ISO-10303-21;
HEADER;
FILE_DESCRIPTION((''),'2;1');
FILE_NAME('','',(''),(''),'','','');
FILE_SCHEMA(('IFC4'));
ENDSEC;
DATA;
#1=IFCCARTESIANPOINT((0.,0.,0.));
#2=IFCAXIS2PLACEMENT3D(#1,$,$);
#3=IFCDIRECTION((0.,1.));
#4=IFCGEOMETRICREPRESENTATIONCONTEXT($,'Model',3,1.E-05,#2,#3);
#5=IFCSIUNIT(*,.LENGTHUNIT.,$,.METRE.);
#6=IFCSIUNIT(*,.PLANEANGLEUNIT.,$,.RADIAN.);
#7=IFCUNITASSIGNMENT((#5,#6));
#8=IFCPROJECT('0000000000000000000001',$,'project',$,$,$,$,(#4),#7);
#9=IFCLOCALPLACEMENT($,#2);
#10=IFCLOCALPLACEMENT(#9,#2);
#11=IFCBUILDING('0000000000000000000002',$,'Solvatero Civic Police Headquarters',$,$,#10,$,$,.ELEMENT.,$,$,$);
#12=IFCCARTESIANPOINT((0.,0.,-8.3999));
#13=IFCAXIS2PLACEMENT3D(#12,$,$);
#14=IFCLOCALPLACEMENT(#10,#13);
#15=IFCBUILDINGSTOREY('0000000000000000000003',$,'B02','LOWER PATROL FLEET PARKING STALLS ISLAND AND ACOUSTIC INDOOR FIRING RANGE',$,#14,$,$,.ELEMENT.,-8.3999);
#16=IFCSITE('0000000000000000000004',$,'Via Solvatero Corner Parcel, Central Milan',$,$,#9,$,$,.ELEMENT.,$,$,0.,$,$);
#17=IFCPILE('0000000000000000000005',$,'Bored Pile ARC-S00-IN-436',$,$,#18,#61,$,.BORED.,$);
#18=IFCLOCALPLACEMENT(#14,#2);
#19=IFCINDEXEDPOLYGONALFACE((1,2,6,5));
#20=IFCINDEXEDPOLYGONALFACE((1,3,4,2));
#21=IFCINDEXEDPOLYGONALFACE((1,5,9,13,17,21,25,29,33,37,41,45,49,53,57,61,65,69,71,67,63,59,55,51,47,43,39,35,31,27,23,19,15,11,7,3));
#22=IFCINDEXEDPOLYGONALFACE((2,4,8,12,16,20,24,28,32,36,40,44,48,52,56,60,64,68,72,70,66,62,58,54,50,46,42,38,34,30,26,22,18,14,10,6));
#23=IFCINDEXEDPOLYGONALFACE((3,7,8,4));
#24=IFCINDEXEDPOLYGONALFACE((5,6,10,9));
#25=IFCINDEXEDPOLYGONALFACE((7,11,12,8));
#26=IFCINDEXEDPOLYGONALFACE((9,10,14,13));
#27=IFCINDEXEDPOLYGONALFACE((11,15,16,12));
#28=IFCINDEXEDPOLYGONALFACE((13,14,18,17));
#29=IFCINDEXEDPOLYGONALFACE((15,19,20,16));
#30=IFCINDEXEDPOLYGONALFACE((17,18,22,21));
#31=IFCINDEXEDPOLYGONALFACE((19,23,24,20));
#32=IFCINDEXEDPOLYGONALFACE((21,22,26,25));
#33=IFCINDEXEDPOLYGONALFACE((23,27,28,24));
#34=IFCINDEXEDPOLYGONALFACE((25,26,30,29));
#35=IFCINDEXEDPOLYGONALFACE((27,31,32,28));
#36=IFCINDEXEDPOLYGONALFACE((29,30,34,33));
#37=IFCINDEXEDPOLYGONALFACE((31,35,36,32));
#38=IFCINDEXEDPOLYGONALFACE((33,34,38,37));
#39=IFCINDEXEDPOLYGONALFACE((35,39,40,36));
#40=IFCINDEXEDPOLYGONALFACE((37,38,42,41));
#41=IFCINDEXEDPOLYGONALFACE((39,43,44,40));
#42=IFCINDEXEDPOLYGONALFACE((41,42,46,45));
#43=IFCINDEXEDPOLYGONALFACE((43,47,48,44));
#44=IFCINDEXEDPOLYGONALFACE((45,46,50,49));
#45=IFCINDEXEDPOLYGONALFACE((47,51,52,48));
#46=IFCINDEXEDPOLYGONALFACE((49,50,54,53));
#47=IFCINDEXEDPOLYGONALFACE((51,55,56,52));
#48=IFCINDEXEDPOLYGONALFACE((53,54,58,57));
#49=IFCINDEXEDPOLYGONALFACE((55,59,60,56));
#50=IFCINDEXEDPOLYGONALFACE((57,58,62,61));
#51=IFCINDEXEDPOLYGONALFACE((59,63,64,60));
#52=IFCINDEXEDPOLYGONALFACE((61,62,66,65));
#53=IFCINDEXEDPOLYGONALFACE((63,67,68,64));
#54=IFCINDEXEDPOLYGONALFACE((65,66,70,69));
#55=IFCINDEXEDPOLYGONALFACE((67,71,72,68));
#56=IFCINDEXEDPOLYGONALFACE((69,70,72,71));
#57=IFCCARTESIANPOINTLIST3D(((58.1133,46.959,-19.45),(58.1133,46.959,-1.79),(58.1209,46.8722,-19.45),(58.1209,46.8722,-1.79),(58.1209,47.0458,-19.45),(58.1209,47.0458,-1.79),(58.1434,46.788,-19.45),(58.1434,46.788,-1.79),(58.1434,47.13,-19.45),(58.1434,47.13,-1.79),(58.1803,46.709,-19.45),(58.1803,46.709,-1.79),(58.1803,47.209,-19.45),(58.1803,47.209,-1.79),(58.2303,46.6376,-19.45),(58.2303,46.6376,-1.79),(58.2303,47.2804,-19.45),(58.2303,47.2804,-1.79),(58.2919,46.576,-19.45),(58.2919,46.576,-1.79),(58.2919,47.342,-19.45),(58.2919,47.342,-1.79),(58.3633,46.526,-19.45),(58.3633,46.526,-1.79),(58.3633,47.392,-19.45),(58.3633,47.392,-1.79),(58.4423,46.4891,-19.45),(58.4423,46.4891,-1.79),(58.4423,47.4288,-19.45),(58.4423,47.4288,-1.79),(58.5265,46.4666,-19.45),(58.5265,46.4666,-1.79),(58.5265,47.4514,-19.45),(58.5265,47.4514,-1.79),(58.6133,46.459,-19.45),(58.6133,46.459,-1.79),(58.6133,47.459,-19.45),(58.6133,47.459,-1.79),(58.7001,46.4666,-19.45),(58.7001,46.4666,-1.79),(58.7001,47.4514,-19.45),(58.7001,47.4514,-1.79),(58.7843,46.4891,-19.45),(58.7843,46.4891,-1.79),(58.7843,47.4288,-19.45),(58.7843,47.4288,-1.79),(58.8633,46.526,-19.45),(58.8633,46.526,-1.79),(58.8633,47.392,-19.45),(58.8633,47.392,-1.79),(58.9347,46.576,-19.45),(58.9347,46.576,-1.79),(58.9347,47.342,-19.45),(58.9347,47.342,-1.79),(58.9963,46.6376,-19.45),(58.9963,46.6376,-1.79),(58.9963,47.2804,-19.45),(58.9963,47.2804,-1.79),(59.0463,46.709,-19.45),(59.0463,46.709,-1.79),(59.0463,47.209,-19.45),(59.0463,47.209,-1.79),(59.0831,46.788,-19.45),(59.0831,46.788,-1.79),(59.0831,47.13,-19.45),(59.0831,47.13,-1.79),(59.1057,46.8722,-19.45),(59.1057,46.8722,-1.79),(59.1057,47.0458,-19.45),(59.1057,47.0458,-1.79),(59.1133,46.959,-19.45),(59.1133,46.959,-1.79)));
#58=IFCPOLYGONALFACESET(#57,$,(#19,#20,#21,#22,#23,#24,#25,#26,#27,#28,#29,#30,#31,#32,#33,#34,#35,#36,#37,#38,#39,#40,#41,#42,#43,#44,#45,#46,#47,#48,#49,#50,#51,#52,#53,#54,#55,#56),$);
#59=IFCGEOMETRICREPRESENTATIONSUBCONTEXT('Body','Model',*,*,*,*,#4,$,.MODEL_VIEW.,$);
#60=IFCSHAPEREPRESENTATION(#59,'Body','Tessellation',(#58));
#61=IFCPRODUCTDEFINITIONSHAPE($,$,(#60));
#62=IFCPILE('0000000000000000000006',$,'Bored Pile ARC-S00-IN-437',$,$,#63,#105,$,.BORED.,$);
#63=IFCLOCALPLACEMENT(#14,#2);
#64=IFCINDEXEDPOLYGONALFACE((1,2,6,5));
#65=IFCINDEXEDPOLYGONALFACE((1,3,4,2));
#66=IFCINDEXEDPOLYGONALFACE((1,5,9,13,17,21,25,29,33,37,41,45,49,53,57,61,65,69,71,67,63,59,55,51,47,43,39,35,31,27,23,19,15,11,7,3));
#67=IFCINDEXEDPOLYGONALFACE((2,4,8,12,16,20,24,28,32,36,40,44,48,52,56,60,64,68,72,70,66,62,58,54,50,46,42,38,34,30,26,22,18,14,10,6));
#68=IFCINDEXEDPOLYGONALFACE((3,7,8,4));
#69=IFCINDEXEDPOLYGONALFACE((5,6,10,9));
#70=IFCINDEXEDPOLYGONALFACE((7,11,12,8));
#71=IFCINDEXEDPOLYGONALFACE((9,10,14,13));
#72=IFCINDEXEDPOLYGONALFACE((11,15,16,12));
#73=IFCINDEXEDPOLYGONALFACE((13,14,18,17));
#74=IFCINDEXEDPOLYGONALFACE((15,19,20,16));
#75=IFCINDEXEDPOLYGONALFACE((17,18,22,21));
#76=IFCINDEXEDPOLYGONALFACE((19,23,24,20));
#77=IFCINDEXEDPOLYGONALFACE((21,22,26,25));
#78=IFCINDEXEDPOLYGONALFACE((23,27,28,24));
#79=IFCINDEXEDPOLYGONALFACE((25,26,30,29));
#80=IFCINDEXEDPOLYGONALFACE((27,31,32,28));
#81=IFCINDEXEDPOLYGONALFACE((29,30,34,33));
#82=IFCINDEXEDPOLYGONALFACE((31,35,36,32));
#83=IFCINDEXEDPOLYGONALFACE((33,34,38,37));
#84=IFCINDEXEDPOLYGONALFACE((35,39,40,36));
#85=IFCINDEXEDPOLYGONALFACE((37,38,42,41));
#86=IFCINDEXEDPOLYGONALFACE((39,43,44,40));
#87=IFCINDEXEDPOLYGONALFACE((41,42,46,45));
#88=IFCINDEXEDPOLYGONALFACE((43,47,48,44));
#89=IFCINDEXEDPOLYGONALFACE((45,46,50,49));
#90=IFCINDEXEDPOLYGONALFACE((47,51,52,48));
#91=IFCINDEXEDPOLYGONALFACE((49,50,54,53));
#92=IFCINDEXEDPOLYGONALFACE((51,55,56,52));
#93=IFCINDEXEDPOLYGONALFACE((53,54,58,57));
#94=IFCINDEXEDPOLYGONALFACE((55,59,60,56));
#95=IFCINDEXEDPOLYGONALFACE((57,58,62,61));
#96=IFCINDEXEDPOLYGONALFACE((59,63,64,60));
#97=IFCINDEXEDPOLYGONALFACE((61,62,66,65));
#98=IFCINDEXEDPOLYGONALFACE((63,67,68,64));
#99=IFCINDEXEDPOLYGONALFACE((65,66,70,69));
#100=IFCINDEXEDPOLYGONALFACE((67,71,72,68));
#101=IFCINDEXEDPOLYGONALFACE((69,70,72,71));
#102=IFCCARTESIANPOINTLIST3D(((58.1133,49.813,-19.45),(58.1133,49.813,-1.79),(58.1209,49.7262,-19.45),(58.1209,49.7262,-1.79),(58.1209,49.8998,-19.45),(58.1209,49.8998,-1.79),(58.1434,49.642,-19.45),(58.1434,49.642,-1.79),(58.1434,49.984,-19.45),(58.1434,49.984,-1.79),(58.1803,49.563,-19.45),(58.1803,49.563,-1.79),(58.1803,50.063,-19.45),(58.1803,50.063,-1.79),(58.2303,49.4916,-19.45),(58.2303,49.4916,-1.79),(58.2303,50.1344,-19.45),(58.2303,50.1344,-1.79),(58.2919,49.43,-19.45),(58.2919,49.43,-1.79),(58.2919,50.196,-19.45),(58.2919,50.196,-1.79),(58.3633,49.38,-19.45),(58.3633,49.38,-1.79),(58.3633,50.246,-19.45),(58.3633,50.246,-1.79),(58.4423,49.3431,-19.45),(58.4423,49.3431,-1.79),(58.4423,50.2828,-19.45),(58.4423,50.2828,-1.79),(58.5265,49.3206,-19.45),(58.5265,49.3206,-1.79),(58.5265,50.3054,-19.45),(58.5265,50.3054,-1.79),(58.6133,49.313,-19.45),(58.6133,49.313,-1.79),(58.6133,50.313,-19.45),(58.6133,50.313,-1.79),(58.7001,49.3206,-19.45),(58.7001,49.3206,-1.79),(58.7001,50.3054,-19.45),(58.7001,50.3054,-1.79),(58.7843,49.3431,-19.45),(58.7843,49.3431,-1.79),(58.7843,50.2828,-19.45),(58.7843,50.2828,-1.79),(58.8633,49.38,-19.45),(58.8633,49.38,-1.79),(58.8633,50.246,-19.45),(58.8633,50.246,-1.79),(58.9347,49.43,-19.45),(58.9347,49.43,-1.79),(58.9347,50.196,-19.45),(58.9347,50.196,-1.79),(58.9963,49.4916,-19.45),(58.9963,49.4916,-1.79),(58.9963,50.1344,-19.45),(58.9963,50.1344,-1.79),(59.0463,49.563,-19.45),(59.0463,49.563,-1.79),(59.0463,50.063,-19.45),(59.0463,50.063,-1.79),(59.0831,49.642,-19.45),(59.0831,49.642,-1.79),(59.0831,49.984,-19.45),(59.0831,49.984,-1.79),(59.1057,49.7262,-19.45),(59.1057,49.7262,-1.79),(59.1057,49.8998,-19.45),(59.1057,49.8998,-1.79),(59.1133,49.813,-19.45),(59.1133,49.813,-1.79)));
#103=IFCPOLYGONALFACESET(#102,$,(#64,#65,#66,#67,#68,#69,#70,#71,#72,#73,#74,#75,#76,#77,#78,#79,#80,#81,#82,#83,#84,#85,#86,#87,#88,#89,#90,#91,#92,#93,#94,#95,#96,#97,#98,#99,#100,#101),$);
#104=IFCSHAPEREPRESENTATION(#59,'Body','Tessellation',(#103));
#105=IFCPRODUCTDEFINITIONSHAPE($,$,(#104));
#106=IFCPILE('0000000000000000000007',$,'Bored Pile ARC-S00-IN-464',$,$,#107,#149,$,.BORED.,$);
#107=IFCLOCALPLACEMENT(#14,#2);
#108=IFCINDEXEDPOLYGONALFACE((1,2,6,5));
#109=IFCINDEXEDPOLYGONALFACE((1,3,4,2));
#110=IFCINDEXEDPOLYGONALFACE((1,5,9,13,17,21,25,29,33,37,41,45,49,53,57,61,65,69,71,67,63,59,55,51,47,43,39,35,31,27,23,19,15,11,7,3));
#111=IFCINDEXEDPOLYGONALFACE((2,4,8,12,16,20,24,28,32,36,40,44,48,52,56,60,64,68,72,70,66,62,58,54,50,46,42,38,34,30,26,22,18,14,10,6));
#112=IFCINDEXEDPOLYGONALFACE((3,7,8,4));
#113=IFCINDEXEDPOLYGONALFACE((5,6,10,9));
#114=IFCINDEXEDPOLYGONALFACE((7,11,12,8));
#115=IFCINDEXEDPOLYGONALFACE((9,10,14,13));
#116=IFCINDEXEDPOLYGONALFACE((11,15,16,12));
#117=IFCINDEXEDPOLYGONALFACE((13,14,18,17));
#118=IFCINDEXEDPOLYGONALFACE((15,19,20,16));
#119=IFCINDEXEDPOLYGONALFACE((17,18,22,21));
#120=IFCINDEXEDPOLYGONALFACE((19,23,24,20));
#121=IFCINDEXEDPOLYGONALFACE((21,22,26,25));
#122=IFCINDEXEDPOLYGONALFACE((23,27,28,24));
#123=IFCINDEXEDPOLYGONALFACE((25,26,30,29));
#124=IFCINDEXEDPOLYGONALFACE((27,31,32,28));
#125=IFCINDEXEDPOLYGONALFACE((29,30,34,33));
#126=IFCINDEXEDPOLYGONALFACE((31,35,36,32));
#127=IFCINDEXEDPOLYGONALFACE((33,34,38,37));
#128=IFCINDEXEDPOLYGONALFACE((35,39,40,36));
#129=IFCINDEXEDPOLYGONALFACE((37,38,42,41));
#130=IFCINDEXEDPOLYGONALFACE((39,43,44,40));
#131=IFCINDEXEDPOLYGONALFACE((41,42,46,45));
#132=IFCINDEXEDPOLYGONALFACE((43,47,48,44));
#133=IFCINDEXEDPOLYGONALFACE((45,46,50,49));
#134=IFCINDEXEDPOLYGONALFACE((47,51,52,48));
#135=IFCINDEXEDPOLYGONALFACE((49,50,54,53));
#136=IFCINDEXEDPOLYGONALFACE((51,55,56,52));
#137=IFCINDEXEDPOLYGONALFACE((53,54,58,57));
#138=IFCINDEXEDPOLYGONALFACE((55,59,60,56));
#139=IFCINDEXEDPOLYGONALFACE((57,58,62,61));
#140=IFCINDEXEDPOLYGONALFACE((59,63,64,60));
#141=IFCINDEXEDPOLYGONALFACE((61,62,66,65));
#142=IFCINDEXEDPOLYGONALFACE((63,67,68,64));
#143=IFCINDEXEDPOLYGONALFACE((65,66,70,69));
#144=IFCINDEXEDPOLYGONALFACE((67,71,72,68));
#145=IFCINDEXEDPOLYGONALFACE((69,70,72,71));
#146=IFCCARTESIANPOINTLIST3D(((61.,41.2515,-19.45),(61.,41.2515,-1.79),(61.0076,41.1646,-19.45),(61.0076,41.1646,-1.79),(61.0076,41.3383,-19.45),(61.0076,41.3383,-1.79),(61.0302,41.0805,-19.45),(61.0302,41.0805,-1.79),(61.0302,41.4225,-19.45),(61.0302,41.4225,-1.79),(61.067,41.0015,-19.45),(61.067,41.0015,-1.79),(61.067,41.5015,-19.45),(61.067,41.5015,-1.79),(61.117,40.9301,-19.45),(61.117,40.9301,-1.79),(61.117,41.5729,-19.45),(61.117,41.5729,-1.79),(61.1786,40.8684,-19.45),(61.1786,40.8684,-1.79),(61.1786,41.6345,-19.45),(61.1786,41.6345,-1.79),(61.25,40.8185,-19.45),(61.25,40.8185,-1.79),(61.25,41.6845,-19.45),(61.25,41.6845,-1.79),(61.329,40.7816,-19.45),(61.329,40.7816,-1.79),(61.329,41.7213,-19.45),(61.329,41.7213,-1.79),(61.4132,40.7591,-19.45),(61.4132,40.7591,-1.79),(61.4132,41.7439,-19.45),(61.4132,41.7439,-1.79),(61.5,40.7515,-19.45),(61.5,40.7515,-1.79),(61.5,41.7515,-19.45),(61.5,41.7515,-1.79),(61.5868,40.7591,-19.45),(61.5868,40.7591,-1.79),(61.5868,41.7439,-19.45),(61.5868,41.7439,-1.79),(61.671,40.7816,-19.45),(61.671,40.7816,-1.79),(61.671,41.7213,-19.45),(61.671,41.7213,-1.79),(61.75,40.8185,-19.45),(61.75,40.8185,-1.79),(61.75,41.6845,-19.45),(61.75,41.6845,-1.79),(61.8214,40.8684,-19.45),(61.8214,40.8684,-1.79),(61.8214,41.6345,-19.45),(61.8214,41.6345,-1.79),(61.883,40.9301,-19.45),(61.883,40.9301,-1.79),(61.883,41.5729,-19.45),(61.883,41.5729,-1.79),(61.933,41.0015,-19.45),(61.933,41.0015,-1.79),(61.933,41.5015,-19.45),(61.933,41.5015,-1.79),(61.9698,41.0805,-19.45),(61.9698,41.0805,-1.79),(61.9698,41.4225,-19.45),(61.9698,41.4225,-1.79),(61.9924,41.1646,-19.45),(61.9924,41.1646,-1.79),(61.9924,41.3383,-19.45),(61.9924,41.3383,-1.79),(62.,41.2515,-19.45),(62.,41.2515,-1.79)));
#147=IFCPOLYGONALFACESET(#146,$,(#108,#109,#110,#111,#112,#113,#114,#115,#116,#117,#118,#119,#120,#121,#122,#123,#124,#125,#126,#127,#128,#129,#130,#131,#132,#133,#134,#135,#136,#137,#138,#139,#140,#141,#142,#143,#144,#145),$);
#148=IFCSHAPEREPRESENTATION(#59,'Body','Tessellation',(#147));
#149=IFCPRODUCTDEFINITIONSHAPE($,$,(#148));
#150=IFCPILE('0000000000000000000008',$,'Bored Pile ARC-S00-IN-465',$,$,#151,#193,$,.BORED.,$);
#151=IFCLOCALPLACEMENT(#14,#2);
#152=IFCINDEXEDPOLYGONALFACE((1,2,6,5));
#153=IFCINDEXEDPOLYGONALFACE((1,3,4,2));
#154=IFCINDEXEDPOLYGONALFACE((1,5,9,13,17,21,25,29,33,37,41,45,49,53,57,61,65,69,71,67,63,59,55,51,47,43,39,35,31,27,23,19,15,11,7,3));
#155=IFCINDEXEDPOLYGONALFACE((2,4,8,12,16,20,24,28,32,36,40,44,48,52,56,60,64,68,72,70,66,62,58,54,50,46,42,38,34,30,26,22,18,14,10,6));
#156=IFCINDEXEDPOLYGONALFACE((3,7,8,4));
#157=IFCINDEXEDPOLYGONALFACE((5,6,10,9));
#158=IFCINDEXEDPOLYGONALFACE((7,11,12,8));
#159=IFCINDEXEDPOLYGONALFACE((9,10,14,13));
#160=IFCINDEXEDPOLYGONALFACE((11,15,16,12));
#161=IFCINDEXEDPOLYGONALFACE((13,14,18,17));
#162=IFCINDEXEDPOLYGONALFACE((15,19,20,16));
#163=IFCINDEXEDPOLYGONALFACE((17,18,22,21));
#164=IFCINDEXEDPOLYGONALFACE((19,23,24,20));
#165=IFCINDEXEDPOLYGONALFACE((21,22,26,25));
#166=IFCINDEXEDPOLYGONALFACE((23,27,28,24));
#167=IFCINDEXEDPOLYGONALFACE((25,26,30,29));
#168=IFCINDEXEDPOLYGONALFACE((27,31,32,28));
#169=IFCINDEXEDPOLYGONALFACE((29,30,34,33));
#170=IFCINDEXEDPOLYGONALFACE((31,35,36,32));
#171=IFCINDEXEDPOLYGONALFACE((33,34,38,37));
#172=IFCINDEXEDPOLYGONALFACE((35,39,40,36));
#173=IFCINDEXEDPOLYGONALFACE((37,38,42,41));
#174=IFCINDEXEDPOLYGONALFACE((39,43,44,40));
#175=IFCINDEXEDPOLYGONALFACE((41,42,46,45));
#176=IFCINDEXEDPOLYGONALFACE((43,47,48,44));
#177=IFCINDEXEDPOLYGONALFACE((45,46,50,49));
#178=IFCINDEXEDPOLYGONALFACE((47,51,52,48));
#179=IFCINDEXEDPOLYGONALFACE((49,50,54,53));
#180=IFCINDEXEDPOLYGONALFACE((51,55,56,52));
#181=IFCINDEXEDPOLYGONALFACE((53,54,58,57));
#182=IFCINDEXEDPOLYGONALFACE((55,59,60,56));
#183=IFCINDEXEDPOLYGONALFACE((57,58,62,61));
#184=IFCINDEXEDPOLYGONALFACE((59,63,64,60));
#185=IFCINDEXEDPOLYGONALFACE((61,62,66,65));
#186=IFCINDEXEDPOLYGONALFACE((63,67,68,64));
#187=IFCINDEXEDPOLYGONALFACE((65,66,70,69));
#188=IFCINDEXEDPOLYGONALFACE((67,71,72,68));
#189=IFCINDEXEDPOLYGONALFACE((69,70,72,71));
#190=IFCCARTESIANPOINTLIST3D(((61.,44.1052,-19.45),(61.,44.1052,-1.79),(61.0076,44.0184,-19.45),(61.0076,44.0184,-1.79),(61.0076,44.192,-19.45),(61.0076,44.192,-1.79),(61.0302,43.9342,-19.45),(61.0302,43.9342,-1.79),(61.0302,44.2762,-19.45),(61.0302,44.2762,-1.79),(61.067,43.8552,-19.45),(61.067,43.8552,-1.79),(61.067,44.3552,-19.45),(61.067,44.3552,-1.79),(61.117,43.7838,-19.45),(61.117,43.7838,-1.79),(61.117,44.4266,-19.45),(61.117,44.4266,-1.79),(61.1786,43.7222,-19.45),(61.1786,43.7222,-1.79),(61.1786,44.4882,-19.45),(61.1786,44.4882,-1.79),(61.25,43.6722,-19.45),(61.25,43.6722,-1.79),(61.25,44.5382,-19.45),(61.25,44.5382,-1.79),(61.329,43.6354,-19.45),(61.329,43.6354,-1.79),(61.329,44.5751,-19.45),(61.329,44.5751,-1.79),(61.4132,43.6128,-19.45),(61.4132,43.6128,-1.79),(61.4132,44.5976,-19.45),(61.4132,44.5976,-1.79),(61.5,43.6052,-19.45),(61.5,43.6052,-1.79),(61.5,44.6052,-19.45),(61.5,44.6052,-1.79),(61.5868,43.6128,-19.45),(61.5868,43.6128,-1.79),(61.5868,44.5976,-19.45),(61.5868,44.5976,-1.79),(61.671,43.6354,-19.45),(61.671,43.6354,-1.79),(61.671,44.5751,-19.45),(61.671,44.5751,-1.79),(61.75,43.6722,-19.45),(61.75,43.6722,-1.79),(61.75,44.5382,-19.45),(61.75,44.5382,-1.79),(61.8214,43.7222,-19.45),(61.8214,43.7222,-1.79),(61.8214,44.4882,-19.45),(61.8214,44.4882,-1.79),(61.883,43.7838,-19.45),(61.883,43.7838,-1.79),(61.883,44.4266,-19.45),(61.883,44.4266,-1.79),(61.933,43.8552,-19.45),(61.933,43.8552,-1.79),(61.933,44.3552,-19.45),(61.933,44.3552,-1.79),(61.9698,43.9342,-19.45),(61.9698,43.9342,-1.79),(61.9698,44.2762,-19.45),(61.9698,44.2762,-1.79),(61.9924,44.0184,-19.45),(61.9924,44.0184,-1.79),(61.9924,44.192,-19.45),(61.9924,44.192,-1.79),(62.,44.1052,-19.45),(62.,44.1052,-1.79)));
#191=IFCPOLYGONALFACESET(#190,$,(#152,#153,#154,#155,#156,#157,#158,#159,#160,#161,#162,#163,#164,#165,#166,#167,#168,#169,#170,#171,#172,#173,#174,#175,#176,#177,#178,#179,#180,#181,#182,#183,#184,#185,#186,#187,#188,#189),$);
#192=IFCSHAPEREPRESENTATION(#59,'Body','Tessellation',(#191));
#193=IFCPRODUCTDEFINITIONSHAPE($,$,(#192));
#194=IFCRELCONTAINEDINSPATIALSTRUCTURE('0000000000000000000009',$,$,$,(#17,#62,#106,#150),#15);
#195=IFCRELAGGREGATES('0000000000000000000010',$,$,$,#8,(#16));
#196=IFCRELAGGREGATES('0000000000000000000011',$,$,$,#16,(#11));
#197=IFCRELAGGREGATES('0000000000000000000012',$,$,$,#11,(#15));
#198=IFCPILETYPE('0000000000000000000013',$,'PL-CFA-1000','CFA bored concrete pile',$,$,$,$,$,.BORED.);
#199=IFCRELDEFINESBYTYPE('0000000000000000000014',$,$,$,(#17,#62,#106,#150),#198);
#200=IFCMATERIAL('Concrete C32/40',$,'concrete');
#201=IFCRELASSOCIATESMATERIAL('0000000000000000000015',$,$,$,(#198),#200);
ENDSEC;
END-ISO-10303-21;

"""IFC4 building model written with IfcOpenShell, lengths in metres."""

from ifc_helpers import new_model, si_unit, direction, frame, origin, origin_2d, place, context, subcontext, project, spatial, circle, extrude, material, material_profile, profile_set, type_object, element, save


model = new_model("IFC4")

# Units and contexts
model_context = context("Model", 3, precision=1e-05, world=origin(), true_north=direction((0.0, 1.0)))
body_context = subcontext(model_context, "Body", "Model", "MODEL_VIEW")
ifc_project = project(units=[si_unit("LENGTHUNIT", "METRE"), si_unit("PLANEANGLEUNIT", "RADIAN")], contexts=[model_context])

# Site, building, storey
site_placement = place(None, origin())
site = spatial("IfcSite", under=ifc_project, at=site_placement, Name="Via Solvatero Corner Parcel, Central Milan", CompositionType="ELEMENT", RefElevation=0.0)
building_placement = place(site_placement, origin())
building = spatial("IfcBuilding", under=site, at=building_placement, Name="Solvatero Civic Police Headquarters", CompositionType="ELEMENT")
storey_placement = place(building_placement, frame((0.0, 0.0, -8.3999)))
storey = spatial("IfcBuildingStorey", under=building, at=storey_placement, Name="B02", Description="LOWER PATROL FLEET PARKING STALLS ISLAND AND ACOUSTIC INDOOR FIRING RANGE", CompositionType="ELEMENT", Elevation=-8.3999)

# Piles
ifc_material_1 = material(Name="Concrete C32/40", Category="concrete")
ifc_material_profile_1 = material_profile(ifc_material_1, circle(Radius=0.5, at=origin_2d()), Name="CFA PILE D1000")
ifc_profile_set_1 = profile_set([ifc_material_profile_1], Name="Concrete C32/40")
pile_type = type_object("IfcPileType", Name="PL-CFA-1000", Description="CFA bored concrete pile", PredefinedType="BORED", material=ifc_profile_set_1)
for number, where, z_axis, x_axis, name in (
    (1, (58.6133, 46.959, -1.79), (0.0, 0.0, -1.0), (1.0, 0.0, 0.0), "Bored Pile ARC-S00-IN-436"),
    (2, (58.6133, 49.813, -1.79), (0.0, 0.0, -1.0), (1.0, 0.0, 0.0), "Bored Pile ARC-S00-IN-437"),
    (3, (61.5, 41.2515, -1.79), (0.0, 0.0, -1.0), (1.0, 0.0, 0.0), "Bored Pile ARC-S00-IN-464"),
    (4, (61.5, 44.1052, -1.79), (0.0, 0.0, -1.0), (1.0, 0.0, 0.0), "Bored Pile ARC-S00-IN-465"),
):
    element("IfcPile", number, at=place(storey_placement, frame(where, z_axis=z_axis, x_axis=x_axis)), inside=storey, type_object=pile_type, Name=name, PredefinedType="BORED", context=body_context, shape_type="SweptSolid", body=[
        extrude(circle(Radius=0.5, at=origin_2d()), origin(), (0.0, 0.0, 1.0), 17.6599),
    ])

save(model, "model.ifc")
